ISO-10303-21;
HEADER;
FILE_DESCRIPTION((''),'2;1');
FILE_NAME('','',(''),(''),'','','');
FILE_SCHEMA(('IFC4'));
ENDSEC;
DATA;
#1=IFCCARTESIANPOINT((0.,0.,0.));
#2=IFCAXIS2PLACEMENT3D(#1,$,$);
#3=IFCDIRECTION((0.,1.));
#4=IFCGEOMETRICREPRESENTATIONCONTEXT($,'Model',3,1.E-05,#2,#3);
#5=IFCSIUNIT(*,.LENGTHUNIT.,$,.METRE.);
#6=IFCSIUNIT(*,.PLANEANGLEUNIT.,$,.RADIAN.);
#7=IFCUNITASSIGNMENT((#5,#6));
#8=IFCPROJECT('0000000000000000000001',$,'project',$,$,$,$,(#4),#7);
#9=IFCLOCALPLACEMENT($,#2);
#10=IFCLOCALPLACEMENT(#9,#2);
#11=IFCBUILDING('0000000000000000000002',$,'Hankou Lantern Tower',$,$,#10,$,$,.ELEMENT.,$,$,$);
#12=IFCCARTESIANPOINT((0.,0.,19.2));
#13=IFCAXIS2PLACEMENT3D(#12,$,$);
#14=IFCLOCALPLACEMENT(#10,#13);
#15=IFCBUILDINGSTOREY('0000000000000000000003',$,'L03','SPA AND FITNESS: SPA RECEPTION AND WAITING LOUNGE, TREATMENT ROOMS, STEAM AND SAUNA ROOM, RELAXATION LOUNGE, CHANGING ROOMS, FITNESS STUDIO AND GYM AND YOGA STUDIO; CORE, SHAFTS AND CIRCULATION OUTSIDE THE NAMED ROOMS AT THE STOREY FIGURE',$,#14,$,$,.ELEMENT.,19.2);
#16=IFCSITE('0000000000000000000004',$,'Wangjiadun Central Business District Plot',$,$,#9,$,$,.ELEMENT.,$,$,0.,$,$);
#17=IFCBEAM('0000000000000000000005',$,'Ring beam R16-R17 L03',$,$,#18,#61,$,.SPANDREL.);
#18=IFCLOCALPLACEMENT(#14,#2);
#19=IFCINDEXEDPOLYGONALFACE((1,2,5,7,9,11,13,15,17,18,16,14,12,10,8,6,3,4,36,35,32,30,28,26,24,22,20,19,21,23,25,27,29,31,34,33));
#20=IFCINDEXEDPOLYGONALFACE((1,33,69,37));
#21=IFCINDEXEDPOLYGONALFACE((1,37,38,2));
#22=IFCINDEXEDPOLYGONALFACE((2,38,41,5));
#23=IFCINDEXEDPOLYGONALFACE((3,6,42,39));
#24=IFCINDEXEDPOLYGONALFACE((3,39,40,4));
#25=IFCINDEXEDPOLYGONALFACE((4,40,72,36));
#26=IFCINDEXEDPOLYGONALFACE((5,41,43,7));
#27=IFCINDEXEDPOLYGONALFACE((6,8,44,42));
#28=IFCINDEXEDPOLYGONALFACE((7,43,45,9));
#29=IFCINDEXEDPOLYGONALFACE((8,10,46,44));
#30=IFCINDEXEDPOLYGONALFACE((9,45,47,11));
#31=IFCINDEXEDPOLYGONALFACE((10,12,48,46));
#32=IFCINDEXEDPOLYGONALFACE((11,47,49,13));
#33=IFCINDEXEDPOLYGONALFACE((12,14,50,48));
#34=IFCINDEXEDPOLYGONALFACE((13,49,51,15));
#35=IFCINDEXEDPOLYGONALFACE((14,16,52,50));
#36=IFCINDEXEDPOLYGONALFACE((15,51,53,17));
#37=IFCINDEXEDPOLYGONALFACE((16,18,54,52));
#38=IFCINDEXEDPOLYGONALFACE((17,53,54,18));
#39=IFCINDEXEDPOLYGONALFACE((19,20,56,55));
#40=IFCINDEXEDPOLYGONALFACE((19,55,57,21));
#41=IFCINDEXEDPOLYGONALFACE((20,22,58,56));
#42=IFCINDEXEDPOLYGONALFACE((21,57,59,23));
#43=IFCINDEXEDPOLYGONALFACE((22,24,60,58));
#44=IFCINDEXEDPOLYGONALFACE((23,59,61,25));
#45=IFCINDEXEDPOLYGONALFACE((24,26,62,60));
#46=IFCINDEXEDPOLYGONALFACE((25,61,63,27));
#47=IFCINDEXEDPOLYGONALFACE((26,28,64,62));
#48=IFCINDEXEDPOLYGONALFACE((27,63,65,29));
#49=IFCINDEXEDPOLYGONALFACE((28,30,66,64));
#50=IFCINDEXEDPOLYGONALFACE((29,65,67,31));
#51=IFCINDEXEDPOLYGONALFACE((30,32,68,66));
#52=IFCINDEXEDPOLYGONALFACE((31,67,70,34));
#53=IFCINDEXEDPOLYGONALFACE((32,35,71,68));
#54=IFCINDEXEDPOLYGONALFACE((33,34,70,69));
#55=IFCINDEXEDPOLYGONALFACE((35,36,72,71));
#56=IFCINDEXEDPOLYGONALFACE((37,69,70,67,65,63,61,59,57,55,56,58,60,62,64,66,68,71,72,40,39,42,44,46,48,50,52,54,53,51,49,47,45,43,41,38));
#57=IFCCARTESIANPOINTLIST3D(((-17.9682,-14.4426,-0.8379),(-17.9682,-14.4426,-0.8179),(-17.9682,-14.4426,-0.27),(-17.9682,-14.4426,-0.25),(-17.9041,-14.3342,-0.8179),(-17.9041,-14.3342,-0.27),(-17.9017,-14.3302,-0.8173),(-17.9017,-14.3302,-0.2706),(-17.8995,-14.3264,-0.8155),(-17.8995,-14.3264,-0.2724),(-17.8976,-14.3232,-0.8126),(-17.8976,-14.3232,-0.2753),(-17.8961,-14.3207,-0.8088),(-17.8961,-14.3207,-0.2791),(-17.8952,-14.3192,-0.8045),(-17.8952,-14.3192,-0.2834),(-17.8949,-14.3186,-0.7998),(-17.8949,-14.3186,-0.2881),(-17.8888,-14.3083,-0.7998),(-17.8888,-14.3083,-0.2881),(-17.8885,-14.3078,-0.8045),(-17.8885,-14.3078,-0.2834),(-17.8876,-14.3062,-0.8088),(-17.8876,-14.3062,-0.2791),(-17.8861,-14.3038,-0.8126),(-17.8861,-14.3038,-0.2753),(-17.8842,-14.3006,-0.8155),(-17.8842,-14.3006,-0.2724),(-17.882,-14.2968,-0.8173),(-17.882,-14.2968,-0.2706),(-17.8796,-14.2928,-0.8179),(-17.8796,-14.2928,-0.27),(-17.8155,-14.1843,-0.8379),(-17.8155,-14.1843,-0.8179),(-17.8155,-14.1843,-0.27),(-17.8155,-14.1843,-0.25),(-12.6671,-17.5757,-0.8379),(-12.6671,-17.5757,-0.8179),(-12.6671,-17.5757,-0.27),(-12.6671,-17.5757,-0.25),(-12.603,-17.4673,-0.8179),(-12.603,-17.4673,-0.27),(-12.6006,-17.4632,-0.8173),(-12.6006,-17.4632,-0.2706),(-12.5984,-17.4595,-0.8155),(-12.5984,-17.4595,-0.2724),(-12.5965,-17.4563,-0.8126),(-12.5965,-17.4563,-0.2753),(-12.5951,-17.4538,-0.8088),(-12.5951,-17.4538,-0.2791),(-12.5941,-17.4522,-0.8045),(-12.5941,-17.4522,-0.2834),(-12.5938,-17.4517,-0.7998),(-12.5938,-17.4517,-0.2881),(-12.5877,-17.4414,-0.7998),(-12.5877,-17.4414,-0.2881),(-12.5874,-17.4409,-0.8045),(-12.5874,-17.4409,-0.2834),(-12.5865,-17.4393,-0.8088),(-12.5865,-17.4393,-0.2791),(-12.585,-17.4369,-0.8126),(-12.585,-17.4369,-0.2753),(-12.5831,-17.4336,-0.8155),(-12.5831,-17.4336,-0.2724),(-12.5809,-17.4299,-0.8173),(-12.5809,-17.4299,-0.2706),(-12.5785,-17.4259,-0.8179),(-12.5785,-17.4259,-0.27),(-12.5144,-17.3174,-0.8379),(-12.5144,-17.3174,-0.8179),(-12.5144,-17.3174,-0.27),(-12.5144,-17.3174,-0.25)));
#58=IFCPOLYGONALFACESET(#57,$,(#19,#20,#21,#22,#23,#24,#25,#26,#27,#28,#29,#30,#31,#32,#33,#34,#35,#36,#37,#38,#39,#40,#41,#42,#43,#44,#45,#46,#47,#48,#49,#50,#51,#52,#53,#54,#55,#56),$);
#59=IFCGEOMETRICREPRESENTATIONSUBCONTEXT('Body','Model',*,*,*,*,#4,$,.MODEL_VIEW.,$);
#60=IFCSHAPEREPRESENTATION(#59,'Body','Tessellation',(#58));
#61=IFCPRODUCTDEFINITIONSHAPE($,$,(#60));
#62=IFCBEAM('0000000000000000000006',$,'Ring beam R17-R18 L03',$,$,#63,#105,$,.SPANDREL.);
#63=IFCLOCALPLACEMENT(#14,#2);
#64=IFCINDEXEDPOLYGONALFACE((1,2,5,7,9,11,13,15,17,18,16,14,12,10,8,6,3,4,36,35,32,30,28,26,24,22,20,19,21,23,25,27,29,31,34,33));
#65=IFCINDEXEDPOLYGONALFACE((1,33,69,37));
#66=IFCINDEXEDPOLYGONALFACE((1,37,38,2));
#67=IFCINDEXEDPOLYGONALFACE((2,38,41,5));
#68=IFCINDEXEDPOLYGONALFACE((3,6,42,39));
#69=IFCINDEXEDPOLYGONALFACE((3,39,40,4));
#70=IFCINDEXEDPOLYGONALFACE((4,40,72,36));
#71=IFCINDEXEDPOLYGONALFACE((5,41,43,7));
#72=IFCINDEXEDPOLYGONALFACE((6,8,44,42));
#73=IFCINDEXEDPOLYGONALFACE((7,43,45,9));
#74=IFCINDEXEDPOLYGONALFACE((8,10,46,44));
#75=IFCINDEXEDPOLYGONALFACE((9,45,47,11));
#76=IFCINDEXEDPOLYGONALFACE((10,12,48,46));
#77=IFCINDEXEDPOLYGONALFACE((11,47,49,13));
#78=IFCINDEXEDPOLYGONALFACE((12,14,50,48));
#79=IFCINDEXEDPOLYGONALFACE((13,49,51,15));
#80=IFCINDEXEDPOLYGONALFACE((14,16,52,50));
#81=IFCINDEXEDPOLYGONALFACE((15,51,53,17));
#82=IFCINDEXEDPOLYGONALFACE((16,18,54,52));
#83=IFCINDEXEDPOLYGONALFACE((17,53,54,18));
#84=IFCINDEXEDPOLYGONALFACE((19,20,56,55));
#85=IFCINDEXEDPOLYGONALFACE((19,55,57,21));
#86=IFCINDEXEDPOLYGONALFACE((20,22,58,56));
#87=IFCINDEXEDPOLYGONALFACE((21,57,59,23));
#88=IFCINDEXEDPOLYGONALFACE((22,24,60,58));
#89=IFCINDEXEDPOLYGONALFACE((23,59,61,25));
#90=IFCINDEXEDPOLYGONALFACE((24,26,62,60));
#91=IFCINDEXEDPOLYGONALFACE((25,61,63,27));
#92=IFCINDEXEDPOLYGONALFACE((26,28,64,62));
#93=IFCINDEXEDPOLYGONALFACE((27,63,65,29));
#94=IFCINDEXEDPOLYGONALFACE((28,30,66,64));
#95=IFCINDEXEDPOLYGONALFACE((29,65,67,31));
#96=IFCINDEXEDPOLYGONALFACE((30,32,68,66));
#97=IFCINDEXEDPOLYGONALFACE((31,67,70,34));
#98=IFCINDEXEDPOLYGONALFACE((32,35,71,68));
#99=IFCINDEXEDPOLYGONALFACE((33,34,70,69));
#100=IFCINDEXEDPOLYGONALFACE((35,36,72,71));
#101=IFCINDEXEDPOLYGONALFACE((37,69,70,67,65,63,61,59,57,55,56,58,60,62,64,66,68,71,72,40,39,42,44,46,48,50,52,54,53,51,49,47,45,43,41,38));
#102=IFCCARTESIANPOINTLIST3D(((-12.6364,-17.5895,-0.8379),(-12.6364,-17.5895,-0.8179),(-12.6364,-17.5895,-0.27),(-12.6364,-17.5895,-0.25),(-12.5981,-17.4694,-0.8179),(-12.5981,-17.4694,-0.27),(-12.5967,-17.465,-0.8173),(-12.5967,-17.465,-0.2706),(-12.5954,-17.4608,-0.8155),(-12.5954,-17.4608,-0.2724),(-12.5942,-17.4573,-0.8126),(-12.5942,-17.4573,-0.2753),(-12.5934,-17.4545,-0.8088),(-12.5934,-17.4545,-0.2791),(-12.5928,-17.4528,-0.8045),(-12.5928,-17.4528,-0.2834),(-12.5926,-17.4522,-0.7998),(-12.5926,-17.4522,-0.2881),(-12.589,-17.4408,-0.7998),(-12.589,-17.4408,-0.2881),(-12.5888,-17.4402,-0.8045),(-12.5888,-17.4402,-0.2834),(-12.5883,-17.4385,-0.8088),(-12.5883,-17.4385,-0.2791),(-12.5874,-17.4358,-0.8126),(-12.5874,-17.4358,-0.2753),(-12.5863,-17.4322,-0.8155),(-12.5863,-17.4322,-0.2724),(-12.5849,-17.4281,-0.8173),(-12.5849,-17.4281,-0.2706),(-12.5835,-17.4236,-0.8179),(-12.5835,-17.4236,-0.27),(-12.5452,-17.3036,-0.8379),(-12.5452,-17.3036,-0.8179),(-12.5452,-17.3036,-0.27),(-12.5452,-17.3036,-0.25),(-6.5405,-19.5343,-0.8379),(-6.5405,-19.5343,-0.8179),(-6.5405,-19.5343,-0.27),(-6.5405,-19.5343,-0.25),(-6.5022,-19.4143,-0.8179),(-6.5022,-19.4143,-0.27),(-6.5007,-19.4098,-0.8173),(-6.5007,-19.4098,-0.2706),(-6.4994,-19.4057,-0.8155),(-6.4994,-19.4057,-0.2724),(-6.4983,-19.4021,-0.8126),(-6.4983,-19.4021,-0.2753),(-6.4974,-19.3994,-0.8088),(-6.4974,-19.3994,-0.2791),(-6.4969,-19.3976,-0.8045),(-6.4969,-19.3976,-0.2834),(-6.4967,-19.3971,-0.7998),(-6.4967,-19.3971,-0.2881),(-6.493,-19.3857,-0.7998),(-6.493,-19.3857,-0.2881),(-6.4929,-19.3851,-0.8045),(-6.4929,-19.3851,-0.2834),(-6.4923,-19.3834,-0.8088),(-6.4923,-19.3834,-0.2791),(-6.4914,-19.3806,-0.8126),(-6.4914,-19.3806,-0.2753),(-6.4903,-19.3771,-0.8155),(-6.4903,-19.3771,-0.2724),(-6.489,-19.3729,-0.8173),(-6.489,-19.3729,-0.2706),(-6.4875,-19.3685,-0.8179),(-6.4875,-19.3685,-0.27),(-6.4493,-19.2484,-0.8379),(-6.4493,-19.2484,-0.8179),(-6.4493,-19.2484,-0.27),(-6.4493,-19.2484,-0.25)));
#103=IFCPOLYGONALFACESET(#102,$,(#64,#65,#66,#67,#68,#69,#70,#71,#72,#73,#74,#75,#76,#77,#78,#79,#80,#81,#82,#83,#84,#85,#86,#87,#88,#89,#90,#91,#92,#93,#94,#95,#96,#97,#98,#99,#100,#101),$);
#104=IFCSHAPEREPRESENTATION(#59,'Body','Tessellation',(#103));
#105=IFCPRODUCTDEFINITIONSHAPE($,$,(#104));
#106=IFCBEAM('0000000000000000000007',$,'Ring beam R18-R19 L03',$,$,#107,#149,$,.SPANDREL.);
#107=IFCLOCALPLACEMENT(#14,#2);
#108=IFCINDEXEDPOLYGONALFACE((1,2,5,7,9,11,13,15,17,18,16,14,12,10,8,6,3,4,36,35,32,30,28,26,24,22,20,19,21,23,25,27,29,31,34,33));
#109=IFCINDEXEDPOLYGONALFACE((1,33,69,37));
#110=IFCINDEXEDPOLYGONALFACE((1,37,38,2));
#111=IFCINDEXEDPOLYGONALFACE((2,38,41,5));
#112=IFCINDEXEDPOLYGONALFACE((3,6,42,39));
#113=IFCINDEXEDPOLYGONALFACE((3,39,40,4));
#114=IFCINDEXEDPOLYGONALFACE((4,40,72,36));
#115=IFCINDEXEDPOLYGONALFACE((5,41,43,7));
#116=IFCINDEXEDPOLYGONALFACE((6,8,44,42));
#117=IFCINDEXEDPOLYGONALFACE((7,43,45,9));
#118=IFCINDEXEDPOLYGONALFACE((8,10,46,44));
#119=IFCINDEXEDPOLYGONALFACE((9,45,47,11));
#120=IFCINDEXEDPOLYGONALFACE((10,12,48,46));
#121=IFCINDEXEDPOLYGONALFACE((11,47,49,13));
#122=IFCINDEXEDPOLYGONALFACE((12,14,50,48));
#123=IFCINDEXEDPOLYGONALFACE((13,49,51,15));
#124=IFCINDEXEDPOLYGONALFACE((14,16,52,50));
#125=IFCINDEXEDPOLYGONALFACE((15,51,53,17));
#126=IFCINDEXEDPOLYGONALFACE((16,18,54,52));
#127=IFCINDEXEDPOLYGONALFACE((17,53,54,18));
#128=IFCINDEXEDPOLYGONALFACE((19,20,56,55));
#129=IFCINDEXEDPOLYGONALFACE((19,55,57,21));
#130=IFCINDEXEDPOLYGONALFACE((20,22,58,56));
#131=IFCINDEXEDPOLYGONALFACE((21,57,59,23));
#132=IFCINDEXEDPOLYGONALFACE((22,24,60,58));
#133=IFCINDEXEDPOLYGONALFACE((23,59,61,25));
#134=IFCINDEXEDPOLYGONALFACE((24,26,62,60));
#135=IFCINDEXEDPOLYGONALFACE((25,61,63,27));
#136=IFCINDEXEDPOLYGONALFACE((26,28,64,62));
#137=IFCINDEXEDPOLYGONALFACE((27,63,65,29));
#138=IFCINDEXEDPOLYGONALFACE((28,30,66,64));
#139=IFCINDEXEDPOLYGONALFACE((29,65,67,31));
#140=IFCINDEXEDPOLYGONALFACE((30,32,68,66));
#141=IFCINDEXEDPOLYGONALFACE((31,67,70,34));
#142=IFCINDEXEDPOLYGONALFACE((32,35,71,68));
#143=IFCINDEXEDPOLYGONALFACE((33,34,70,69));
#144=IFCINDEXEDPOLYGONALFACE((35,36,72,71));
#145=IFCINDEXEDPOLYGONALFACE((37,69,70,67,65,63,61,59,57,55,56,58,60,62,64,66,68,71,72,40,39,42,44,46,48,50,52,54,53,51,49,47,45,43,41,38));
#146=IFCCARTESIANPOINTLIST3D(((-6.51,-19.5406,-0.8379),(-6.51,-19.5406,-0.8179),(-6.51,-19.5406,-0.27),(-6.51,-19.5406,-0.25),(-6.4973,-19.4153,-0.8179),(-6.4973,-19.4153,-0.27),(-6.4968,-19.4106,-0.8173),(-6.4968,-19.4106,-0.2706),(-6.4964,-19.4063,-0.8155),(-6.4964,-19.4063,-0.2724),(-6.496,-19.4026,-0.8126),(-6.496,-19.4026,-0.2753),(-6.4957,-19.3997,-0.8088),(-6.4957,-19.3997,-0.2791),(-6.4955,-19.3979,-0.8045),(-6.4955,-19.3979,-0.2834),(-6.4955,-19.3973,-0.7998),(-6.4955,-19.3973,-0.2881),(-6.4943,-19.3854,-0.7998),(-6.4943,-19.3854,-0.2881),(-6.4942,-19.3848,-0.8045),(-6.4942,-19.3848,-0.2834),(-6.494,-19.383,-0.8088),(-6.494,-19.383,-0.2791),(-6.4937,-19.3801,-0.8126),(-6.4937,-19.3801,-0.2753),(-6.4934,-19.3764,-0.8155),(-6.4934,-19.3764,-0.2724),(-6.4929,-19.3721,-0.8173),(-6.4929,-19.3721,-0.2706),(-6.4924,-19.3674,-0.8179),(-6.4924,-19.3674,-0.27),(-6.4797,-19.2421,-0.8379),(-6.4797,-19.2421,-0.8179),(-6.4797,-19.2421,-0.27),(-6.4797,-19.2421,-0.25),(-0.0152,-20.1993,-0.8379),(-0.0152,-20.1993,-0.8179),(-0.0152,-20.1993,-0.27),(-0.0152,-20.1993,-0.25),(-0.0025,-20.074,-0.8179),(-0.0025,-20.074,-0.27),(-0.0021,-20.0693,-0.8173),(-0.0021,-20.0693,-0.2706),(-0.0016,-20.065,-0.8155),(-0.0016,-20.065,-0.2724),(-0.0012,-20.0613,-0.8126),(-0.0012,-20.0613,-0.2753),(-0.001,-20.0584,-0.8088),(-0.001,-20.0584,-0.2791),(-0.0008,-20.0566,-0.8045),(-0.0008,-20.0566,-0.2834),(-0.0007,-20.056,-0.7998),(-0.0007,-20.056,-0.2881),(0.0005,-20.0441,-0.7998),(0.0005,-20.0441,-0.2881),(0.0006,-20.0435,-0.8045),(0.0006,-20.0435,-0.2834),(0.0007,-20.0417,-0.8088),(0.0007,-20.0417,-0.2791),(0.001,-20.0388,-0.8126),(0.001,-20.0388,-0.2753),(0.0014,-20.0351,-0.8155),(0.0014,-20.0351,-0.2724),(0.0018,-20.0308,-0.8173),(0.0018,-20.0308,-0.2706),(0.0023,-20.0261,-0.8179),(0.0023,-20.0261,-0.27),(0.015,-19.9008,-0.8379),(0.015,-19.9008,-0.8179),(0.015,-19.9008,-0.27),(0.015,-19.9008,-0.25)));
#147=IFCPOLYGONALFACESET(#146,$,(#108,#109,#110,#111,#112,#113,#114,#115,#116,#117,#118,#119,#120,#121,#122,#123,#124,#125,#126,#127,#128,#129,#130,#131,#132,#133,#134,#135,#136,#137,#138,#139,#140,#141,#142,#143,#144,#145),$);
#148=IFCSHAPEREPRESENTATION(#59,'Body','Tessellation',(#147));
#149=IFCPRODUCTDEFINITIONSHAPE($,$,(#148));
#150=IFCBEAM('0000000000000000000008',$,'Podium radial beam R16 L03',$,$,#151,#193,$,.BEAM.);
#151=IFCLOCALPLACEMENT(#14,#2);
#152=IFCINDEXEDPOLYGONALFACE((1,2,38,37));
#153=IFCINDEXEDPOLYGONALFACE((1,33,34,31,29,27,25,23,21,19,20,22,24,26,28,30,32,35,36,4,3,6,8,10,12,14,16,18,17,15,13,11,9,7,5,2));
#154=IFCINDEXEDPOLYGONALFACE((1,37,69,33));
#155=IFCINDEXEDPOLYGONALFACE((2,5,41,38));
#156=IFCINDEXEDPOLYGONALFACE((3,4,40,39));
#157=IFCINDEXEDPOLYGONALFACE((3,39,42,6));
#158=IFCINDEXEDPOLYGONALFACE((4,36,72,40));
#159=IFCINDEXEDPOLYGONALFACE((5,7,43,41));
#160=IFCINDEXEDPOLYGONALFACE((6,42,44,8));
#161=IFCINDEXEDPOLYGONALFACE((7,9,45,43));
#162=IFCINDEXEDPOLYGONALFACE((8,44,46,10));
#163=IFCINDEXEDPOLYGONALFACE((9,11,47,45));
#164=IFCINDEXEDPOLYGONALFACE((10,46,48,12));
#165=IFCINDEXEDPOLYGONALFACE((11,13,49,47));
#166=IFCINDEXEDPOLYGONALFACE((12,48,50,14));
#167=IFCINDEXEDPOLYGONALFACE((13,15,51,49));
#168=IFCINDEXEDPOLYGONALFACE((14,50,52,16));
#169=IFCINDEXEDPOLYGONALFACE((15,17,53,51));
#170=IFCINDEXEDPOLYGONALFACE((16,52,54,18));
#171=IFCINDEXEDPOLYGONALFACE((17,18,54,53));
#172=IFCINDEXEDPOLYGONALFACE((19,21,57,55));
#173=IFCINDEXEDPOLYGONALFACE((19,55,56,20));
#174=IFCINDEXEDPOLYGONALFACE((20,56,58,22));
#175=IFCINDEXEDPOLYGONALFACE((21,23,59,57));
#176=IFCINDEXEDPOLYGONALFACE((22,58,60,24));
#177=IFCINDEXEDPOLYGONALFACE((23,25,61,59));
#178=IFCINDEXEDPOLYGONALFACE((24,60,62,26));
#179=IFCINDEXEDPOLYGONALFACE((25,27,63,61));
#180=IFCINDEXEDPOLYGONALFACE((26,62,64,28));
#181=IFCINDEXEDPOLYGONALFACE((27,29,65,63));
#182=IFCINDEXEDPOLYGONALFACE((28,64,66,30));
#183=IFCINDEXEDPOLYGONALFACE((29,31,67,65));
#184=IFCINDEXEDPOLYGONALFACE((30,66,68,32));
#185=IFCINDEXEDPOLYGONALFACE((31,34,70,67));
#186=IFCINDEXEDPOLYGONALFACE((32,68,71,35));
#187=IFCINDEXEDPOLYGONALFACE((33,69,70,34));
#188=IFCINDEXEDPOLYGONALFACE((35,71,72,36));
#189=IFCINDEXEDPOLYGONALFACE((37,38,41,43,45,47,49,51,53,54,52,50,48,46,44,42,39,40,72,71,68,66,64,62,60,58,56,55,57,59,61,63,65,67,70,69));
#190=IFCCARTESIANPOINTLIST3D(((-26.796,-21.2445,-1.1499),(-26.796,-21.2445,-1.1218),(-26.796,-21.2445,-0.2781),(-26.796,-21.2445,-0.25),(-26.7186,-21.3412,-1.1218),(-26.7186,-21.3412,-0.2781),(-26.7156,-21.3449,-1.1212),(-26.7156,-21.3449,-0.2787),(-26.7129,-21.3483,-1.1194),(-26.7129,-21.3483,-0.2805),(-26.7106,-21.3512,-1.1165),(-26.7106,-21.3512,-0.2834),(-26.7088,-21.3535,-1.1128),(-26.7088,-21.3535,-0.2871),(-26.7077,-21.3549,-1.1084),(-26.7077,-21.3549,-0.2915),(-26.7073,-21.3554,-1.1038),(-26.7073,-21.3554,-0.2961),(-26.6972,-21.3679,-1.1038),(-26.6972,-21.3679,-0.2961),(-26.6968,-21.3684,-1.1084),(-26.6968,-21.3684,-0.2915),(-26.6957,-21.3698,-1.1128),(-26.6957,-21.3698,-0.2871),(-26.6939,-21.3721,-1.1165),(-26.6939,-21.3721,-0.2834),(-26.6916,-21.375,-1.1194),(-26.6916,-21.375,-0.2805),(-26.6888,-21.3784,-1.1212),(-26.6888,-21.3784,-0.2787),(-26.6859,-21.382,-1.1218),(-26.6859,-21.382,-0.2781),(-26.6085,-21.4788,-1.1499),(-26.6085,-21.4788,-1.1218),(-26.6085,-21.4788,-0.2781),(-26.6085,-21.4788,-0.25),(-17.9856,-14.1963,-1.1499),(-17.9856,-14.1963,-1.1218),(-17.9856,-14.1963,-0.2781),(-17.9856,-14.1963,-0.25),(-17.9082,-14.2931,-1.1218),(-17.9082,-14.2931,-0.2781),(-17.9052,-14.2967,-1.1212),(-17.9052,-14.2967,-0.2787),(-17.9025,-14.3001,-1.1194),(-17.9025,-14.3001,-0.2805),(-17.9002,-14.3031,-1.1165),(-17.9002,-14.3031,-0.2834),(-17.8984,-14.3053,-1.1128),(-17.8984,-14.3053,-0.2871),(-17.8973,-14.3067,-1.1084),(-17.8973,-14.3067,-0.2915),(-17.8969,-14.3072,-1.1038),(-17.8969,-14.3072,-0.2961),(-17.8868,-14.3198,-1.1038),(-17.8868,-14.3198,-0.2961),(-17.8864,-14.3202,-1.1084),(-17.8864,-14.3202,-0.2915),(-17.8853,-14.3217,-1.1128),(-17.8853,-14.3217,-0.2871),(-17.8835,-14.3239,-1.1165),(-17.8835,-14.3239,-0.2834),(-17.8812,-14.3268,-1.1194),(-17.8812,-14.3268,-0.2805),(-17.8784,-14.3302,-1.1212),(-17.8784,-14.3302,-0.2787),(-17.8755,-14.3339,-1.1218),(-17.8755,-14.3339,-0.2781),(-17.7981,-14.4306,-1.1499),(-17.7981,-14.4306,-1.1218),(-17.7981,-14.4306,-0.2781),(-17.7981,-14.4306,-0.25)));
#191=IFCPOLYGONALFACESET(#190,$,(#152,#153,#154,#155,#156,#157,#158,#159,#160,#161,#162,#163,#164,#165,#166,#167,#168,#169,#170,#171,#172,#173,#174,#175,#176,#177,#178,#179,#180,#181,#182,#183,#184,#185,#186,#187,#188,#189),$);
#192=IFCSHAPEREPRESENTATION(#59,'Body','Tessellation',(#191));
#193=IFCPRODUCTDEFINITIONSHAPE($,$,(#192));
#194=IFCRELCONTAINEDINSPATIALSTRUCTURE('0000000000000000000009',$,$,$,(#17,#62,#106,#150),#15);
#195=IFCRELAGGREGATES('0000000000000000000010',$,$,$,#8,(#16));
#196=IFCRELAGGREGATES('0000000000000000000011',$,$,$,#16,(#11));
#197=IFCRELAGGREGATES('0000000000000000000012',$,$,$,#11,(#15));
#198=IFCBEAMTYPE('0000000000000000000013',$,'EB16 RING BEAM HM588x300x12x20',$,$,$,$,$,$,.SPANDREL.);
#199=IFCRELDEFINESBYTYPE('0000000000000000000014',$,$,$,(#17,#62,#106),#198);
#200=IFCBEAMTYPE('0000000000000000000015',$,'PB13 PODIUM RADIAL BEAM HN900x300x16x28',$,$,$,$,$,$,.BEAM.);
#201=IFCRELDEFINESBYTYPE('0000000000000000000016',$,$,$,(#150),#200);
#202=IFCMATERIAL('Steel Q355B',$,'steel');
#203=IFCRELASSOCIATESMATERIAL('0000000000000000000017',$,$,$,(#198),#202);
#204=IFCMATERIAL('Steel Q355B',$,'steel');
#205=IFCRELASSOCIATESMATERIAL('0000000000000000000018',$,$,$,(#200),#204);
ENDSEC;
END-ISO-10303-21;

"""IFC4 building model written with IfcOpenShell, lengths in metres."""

from ifc_helpers import new_model, si_unit, direction, frame, origin, origin_2d, place, context, subcontext, project, spatial, i_section, extrude, material, material_profile, profile_set, type_object, element, save


model = new_model("IFC4")

# Units and contexts
model_context = context("Model", 3, precision=1e-05, world=origin(), true_north=direction((0.0, 1.0)))
body_context = subcontext(model_context, "Body", "Model", "MODEL_VIEW")
ifc_project = project(units=[si_unit("LENGTHUNIT", "METRE"), si_unit("PLANEANGLEUNIT", "RADIAN")], contexts=[model_context])

# Site, building, storey
site_placement = place(None, origin())
site = spatial("IfcSite", under=ifc_project, at=site_placement, Name="Wangjiadun Central Business District Plot", CompositionType="ELEMENT", RefElevation=0.0)
building_placement = place(site_placement, origin())
building = spatial("IfcBuilding", under=site, at=building_placement, Name="Hankou Lantern Tower", CompositionType="ELEMENT")
storey_placement = place(building_placement, frame((0.0, 0.0, 19.2)))
storey = spatial("IfcBuildingStorey", under=building, at=storey_placement, Name="L03", Description="SPA AND FITNESS: SPA RECEPTION AND WAITING LOUNGE, TREATMENT ROOMS, STEAM AND SAUNA ROOM, RELAXATION LOUNGE, CHANGING ROOMS, FITNESS STUDIO AND GYM AND YOGA STUDIO; CORE, SHAFTS AND CIRCULATION OUTSIDE THE NAMED ROOMS AT THE STOREY FIGURE", CompositionType="ELEMENT", Elevation=19.2)

# Beams
ifc_material_1 = material(Name="Steel Q355B", Category="steel")
ifc_material_profile_1 = material_profile(ifc_material_1, i_section(OverallWidth=0.3, OverallDepth=0.5879, WebThickness=0.012, FlangeThickness=0.02, FilletRadius=0.0181, at=origin_2d()), Name="HM588x300x12x20")
ifc_profile_set_1 = profile_set([ifc_material_profile_1], Name="Steel Q355B")
beam_type_1 = type_object("IfcBeamType", Name="EB16 RING BEAM HM588x300x12x20", PredefinedType="SPANDREL", material=ifc_profile_set_1)
beam_1_placement = place(storey_placement, frame((-17.8918, -14.3135, -0.5439), z_axis=(0.860882, -0.508805, 0.0), x_axis=(0.508805, 0.860882, 0.0)))
element("IfcBeam", 1, at=beam_1_placement, inside=storey, type_object=beam_type_1, Name="Ring beam R16-R17 L03", PredefinedType="SPANDREL", context=body_context, shape_type="SweptSolid", body=[
    extrude(i_section(OverallWidth=0.3, OverallDepth=0.5879, WebThickness=0.012, FlangeThickness=0.02, FilletRadius=0.0181, at=origin_2d()), origin(), (0.0, 0.0, 1.0), 6.1577),
])
beam_2_placement = place(storey_placement, frame((-12.5908, -17.4465, -0.5439), z_axis=(0.95269, -0.303942, 0.0), x_axis=(0.303942, 0.95269, 0.0)))
element("IfcBeam", 2, at=beam_2_placement, inside=storey, type_object=beam_type_1, Name="Ring beam R17-R18 L03", PredefinedType="SPANDREL", context=body_context, shape_type="SweptSolid", body=[
    extrude(i_section(OverallWidth=0.3, OverallDepth=0.5879, WebThickness=0.012, FlangeThickness=0.02, FilletRadius=0.0181, at=origin_2d()), origin(), (0.0, 0.0, 1.0), 6.3987),
])
beam_3_placement = place(storey_placement, frame((-6.4949, -19.3914, -0.5439), z_axis=(0.994897, -0.1009, 0.0), x_axis=(0.1009, 0.994897, 0.0)))
element("IfcBeam", 3, at=beam_3_placement, inside=storey, type_object=beam_type_1, Name="Ring beam R18-R19 L03", PredefinedType="SPANDREL", context=body_context, shape_type="SweptSolid", body=[
    extrude(i_section(OverallWidth=0.3, OverallDepth=0.5879, WebThickness=0.012, FlangeThickness=0.02, FilletRadius=0.0181, at=origin_2d()), origin(), (0.0, 0.0, 1.0), 6.5281),
])
ifc_material_2 = material(Name="Steel Q355B", Category="steel")
ifc_material_profile_2 = material_profile(ifc_material_2, i_section(OverallWidth=0.3, OverallDepth=0.8999, WebThickness=0.0161, FlangeThickness=0.0281, FilletRadius=0.0181, at=origin_2d()), Name="HN900x300x16x28")
ifc_profile_set_2 = profile_set([ifc_material_profile_2], Name="Steel Q355B")
beam_type_2 = type_object("IfcBeamType", Name="PB13 PODIUM RADIAL BEAM HN900x300x16x28", PredefinedType="BEAM", material=ifc_profile_set_2)
beam_4_placement = place(storey_placement, frame((-17.8918, -14.3135, -0.7), z_axis=(-0.780875, -0.624687, 0.0), x_axis=(0.624687, -0.780875, 0.0)))
element("IfcBeam", 4, at=beam_4_placement, inside=storey, type_object=beam_type_2, Name="Podium radial beam R16 L03", PredefinedType="BEAM", context=body_context, shape_type="SweptSolid", body=[
    extrude(i_section(OverallWidth=0.3, OverallDepth=0.8999, WebThickness=0.0161, FlangeThickness=0.0281, FilletRadius=0.0181, at=origin_2d()), origin(), (0.0, 0.0, 1.0), 11.2827),
])

save(model, "model.ifc")
